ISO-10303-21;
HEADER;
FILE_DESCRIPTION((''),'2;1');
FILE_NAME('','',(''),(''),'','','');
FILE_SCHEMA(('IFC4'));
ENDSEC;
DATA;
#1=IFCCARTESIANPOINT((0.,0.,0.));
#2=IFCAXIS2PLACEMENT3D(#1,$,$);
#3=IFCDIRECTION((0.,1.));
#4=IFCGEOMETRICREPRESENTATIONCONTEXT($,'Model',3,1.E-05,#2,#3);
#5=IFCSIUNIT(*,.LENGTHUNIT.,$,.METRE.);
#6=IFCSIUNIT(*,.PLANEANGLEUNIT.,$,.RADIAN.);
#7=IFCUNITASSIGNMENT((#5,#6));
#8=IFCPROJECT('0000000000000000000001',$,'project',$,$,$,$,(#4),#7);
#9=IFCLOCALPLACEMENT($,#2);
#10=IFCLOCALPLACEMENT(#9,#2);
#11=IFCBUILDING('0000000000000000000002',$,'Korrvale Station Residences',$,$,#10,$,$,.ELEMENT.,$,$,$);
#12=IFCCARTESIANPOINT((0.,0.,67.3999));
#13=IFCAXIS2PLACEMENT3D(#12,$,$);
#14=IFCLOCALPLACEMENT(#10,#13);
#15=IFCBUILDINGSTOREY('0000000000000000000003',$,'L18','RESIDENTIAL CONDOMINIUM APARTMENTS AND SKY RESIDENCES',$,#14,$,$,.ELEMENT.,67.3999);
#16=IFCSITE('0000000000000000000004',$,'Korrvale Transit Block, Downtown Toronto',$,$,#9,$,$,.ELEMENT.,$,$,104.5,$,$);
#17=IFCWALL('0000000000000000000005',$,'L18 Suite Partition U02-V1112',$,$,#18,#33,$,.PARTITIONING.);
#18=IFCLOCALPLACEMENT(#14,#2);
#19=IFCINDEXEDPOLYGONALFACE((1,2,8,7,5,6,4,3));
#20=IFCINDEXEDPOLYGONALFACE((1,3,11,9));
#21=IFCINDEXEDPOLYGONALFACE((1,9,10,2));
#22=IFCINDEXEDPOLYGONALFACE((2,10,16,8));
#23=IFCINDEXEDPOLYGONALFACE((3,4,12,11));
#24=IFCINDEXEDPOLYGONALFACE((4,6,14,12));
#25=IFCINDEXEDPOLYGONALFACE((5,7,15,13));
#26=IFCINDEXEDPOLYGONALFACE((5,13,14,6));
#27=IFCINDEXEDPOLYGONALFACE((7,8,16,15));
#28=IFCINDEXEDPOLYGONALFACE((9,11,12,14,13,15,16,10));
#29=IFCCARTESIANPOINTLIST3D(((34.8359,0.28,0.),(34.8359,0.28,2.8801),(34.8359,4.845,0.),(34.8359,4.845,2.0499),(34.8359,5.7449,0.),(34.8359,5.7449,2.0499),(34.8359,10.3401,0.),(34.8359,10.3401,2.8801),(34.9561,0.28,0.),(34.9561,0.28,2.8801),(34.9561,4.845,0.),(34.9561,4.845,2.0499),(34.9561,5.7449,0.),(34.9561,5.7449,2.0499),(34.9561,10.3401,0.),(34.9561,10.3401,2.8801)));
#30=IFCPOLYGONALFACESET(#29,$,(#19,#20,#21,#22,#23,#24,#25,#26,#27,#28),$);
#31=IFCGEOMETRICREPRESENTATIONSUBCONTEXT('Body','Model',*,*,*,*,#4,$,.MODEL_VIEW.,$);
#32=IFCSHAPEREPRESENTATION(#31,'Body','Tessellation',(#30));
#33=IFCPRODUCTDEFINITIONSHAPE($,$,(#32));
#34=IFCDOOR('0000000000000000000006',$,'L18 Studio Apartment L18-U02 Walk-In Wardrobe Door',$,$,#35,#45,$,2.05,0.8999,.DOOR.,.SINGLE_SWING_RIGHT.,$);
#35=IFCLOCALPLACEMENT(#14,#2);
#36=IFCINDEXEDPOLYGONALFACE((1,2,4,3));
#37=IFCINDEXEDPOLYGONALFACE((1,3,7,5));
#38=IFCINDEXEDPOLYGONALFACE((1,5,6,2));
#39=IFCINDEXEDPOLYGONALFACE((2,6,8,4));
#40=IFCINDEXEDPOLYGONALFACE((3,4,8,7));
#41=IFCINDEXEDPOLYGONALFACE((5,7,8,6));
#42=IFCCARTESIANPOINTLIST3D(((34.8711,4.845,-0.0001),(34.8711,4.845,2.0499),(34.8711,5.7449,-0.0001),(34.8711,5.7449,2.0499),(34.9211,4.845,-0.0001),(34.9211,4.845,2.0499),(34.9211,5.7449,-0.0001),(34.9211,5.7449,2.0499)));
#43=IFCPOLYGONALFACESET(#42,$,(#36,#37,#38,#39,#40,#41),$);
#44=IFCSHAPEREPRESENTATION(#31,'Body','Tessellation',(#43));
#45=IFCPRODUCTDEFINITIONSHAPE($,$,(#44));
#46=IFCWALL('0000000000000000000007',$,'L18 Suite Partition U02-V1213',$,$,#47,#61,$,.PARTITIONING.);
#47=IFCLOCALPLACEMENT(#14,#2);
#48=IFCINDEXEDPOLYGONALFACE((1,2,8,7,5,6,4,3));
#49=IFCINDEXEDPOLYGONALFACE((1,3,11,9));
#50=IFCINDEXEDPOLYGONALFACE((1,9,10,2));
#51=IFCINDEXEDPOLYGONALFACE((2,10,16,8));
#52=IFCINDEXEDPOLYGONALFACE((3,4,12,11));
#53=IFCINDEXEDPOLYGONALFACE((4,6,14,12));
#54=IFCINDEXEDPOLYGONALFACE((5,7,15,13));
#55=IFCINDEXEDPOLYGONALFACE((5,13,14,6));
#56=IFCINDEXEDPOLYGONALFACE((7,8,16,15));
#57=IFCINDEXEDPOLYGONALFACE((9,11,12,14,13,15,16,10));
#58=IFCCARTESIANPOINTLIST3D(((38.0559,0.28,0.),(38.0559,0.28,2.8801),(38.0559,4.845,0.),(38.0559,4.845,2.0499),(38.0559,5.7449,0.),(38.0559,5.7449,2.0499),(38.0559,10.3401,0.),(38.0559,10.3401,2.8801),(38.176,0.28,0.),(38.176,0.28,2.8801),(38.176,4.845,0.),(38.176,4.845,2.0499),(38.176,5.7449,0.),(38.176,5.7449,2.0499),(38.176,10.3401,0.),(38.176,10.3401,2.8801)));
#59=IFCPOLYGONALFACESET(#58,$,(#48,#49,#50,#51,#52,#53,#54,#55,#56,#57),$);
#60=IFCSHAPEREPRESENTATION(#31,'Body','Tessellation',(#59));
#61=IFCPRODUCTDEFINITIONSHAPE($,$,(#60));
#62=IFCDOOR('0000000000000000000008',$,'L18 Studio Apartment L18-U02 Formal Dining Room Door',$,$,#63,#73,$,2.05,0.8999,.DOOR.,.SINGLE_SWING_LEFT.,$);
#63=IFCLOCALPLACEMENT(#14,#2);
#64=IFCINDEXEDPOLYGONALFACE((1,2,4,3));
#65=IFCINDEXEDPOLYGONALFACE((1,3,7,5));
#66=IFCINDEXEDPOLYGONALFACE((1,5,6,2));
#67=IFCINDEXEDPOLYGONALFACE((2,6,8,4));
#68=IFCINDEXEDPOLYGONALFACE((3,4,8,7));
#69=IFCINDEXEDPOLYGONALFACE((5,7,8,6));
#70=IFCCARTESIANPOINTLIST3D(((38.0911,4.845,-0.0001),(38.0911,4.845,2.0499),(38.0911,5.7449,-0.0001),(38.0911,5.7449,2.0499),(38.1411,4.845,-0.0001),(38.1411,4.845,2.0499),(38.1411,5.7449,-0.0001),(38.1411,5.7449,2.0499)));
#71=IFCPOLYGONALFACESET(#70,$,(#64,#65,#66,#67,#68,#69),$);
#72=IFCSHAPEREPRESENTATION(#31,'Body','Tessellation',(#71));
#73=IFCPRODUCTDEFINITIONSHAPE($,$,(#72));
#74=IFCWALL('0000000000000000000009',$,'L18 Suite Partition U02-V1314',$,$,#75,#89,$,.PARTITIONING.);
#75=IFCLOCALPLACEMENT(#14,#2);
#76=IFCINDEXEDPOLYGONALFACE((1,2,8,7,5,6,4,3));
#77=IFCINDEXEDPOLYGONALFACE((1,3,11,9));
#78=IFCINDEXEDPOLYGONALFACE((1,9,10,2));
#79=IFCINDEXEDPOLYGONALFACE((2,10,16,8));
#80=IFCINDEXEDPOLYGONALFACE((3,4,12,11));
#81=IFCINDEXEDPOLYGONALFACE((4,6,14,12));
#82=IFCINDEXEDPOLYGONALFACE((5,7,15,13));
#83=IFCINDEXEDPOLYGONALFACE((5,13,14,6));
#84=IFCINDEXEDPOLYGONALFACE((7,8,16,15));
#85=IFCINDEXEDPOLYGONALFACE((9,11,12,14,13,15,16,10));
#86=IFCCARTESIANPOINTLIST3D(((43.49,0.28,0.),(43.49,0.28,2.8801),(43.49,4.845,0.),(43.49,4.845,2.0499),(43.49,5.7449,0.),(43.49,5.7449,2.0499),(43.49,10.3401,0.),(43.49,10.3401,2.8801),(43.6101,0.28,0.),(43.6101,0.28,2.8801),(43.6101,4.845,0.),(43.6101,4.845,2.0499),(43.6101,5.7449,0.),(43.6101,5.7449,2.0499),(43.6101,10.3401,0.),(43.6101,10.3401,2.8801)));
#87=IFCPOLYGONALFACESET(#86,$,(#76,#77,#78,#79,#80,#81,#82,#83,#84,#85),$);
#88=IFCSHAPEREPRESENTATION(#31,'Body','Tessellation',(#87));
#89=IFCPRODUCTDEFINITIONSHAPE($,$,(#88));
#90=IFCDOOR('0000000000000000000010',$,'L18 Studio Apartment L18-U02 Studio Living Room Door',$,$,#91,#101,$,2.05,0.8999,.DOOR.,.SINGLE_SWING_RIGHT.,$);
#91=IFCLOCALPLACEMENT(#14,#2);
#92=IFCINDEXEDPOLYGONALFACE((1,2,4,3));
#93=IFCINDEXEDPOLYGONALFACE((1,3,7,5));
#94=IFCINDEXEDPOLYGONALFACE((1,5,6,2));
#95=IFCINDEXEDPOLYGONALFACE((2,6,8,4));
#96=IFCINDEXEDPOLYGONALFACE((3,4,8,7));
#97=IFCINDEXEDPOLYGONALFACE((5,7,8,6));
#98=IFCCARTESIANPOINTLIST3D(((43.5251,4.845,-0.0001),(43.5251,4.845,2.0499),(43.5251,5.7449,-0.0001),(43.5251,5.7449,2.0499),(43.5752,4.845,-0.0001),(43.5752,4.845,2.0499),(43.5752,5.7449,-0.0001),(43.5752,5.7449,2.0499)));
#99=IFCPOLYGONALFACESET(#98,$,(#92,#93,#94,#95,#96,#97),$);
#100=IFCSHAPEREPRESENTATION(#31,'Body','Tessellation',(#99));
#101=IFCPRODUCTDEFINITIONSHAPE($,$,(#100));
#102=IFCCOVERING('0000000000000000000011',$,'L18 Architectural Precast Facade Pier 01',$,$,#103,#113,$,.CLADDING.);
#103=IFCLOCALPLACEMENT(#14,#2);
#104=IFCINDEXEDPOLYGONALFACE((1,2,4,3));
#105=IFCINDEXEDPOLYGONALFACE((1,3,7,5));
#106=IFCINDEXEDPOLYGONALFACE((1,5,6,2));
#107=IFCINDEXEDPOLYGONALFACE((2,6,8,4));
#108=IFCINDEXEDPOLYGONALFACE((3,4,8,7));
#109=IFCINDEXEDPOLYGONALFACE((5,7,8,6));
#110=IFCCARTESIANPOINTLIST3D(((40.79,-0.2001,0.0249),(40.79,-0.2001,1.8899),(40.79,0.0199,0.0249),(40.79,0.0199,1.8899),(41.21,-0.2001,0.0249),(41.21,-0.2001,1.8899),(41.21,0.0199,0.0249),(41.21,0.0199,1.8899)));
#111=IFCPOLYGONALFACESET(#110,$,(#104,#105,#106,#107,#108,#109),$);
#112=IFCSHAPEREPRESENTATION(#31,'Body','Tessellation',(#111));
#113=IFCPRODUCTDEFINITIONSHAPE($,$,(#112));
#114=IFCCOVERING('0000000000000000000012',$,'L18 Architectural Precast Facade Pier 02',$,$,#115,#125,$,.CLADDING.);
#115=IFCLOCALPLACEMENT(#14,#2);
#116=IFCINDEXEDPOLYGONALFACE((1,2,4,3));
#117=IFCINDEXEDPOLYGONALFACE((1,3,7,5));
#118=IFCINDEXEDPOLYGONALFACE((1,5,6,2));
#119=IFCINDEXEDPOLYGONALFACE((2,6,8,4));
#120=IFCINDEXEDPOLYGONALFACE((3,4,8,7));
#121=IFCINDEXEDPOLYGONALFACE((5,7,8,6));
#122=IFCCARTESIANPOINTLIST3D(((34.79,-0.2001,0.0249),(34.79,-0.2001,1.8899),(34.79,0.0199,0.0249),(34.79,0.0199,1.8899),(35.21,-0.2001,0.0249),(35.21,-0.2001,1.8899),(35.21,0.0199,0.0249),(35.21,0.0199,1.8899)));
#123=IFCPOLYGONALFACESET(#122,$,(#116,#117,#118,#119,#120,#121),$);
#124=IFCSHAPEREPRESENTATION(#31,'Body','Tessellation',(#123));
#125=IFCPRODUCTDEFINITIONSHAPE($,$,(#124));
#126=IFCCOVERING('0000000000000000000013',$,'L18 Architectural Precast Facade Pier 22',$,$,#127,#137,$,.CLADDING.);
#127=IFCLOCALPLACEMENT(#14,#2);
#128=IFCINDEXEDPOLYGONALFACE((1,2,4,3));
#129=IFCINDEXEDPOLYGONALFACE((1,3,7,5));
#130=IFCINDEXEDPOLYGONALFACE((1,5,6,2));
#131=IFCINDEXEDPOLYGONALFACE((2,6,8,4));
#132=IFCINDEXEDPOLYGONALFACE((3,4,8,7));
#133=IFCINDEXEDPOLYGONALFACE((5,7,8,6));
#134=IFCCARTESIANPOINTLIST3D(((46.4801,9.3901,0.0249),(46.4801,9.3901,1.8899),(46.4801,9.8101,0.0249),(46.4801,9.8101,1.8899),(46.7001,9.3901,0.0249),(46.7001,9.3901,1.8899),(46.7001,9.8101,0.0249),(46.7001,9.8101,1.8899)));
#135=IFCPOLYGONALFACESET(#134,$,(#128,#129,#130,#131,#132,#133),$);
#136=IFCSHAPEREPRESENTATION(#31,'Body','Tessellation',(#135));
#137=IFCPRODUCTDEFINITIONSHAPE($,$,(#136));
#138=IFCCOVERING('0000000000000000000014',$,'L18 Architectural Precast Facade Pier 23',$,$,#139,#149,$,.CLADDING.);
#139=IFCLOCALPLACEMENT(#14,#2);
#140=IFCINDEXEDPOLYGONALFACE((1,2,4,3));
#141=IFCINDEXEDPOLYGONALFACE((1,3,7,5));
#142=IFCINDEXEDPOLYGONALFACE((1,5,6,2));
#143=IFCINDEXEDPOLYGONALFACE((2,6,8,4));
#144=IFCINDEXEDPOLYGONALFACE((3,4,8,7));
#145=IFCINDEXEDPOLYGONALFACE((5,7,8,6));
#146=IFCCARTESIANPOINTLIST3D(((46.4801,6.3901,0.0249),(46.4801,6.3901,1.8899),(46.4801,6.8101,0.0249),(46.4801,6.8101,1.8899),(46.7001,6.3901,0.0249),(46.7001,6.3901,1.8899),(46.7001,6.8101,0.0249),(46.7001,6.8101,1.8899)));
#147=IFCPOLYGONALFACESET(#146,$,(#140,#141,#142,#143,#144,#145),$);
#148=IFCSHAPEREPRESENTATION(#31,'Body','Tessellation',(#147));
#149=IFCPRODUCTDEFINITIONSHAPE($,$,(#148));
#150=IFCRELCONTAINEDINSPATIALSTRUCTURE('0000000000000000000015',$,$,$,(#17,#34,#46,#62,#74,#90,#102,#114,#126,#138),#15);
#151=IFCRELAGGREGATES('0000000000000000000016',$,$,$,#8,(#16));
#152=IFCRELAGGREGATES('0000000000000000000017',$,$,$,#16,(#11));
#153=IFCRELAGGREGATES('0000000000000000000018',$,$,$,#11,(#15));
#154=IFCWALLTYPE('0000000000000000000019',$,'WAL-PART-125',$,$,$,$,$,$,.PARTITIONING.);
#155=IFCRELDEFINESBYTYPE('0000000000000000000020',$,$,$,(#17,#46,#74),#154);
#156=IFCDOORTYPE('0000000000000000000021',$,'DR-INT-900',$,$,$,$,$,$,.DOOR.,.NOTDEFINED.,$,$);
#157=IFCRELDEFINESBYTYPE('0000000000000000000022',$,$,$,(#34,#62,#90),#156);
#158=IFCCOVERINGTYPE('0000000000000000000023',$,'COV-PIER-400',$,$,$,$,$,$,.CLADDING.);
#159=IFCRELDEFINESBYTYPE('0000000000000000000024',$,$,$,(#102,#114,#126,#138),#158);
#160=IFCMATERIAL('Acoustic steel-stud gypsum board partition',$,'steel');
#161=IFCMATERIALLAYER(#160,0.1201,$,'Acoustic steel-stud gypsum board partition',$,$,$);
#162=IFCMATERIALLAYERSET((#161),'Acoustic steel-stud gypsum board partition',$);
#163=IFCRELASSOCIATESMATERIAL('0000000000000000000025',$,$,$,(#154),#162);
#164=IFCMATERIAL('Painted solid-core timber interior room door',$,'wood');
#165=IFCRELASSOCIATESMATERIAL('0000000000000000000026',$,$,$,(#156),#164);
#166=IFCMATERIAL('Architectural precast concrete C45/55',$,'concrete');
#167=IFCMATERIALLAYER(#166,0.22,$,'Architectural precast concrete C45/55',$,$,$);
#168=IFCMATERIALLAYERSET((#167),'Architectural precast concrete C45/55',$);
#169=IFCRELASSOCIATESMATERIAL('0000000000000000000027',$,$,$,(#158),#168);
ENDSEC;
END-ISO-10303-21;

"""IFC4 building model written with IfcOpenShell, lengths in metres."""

from ifc_helpers import new_model, si_unit, direction, frame, frame_2d, origin, origin_2d, place, context, subcontext, project, spatial, rectangle, extrude, material, layer, layer_set, type_object, element, fill, save


model = new_model("IFC4")

# Units and contexts
model_context = context("Model", 3, precision=1e-05, world=origin(), true_north=direction((0.0, 1.0)))
body_context = subcontext(model_context, "Body", "Model", "MODEL_VIEW")
ifc_project = project(units=[si_unit("LENGTHUNIT", "METRE"), si_unit("PLANEANGLEUNIT", "RADIAN")], contexts=[model_context])

# Site, building, storey
site_placement = place(None, origin())
site = spatial("IfcSite", under=ifc_project, at=site_placement, Name="Korrvale Transit Block, Downtown Toronto", CompositionType="ELEMENT", RefElevation=104.5)
building_placement = place(site_placement, origin())
building = spatial("IfcBuilding", under=site, at=building_placement, Name="Korrvale Station Residences", CompositionType="ELEMENT")
storey_placement = place(building_placement, frame((0.0, 0.0, 67.3999)))
storey = spatial("IfcBuildingStorey", under=building, at=storey_placement, Name="L18", Description="RESIDENTIAL CONDOMINIUM APARTMENTS AND SKY RESIDENCES", CompositionType="ELEMENT", Elevation=67.3999)

# Shared definitions
ifc_material_1 = material(Name="Acoustic steel-stud gypsum board partition", Category="steel")
ifc_layer_1 = layer(ifc_material_1, 0.1201, Name="Acoustic steel-stud gypsum board partition")
ifc_layer_set_1 = layer_set([ifc_layer_1], Name="Acoustic steel-stud gypsum board partition")
wall_type_1 = type_object("IfcWallType", Name="WAL-PART-125", PredefinedType="PARTITIONING", material=ifc_layer_set_1)

# Walls, openings, doors
wall_1_placement = place(storey_placement, frame((34.896, 0.28, 0.0), z_axis=(0.0, 0.0, 1.0), x_axis=(0.0, 1.0, 0.0)))
wall_1 = element("IfcWall", 1, at=wall_1_placement, inside=storey, type_object=wall_type_1, Name="L18 Suite Partition U02-V1112", PredefinedType="PARTITIONING", context=body_context, shape_type="SweptSolid", body=[
    extrude(rectangle(XDim=10.0601, YDim=0.1201, at=frame_2d((5.03, 0.0))), origin(), (0.0, 0.0, 1.0), 2.8801),
])
opening_1_placement = place(wall_1_placement, frame((4.5649, 0.0, 0.0)))
opening_1 = element("IfcOpeningElement", 2, at=opening_1_placement, cuts=wall_1, PredefinedType="OPENING", context=body_context, shape_type="SweptSolid", body=[
    extrude(rectangle(XDim=0.8999, YDim=2.05, at=frame_2d((0.45, 1.0249))), frame((0.0, 0.0701, 0.0), z_axis=(0.0, -1.0, 0.0), x_axis=(1.0, 0.0, 0.0)), (0.0, 0.0, 1.0), 0.1401),
])
ifc_material_2 = material(Name="Painted solid-core timber interior room door", Category="wood")
door_type = type_object("IfcDoorType", Name="DR-INT-900", OperationType="NOTDEFINED", PredefinedType="DOOR", material=ifc_material_2)
door_1_placement = place(opening_1_placement, origin())
door_1 = element("IfcDoor", 3, at=door_1_placement, inside=storey, type_object=door_type, Name="L18 Studio Apartment L18-U02 Walk-In Wardrobe Door", OperationType="SINGLE_SWING_RIGHT", OverallHeight=2.05, OverallWidth=0.8999, PredefinedType="DOOR", context=body_context, shape_type="SweptSolid", body=[
    extrude(rectangle(XDim=0.8999, YDim=2.05, at=frame_2d((0.45, 1.0249))), frame((0.0, 0.0249, 0.0), z_axis=(0.0, -1.0, 0.0), x_axis=(1.0, 0.0, 0.0)), (0.0, 0.0, 1.0), 0.05),
])
fill(opening_1, door_1)
wall_2_placement = place(storey_placement, frame((38.116, 0.28, 0.0), z_axis=(0.0, 0.0, 1.0), x_axis=(0.0, 1.0, 0.0)))
wall_2 = element("IfcWall", 4, at=wall_2_placement, inside=storey, type_object=wall_type_1, Name="L18 Suite Partition U02-V1213", PredefinedType="PARTITIONING", context=body_context, shape_type="SweptSolid", body=[
    extrude(rectangle(XDim=10.0601, YDim=0.1201, at=frame_2d((5.03, 0.0))), origin(), (0.0, 0.0, 1.0), 2.8801),
])
opening_2_placement = place(wall_2_placement, frame((4.5649, 0.0, 0.0)))
opening_2 = element("IfcOpeningElement", 5, at=opening_2_placement, cuts=wall_2, PredefinedType="OPENING", context=body_context, shape_type="SweptSolid", body=[
    extrude(rectangle(XDim=0.8999, YDim=2.05, at=frame_2d((0.45, 1.0249))), frame((0.0, 0.0701, 0.0), z_axis=(0.0, -1.0, 0.0), x_axis=(1.0, 0.0, 0.0)), (0.0, 0.0, 1.0), 0.1401),
])
door_2_placement = place(opening_2_placement, origin())
door_2 = element("IfcDoor", 6, at=door_2_placement, inside=storey, type_object=door_type, Name="L18 Studio Apartment L18-U02 Formal Dining Room Door", OperationType="SINGLE_SWING_LEFT", OverallHeight=2.05, OverallWidth=0.8999, PredefinedType="DOOR", context=body_context, shape_type="SweptSolid", body=[
    extrude(rectangle(XDim=0.8999, YDim=2.05, at=frame_2d((0.45, 1.0249))), frame((0.0, 0.0249, 0.0), z_axis=(0.0, -1.0, 0.0), x_axis=(1.0, 0.0, 0.0)), (0.0, 0.0, 1.0), 0.05),
])
fill(opening_2, door_2)
wall_3_placement = place(storey_placement, frame((43.55, 0.28, 0.0), z_axis=(0.0, 0.0, 1.0), x_axis=(0.0, 1.0, 0.0)))
wall_3 = element("IfcWall", 7, at=wall_3_placement, inside=storey, type_object=wall_type_1, Name="L18 Suite Partition U02-V1314", PredefinedType="PARTITIONING", context=body_context, shape_type="SweptSolid", body=[
    extrude(rectangle(XDim=10.0601, YDim=0.1201, at=frame_2d((5.03, 0.0))), origin(), (0.0, 0.0, 1.0), 2.8801),
])
opening_3_placement = place(wall_3_placement, frame((4.5649, 0.0, 0.0)))
opening_3 = element("IfcOpeningElement", 8, at=opening_3_placement, cuts=wall_3, PredefinedType="OPENING", context=body_context, shape_type="SweptSolid", body=[
    extrude(rectangle(XDim=0.8999, YDim=2.05, at=frame_2d((0.45, 1.0249))), frame((0.0, 0.0701, 0.0), z_axis=(0.0, -1.0, 0.0), x_axis=(1.0, 0.0, 0.0)), (0.0, 0.0, 1.0), 0.1401),
])
door_3_placement = place(opening_3_placement, origin())
door_3 = element("IfcDoor", 9, at=door_3_placement, inside=storey, type_object=door_type, Name="L18 Studio Apartment L18-U02 Studio Living Room Door", OperationType="SINGLE_SWING_RIGHT", OverallHeight=2.05, OverallWidth=0.8999, PredefinedType="DOOR", context=body_context, shape_type="SweptSolid", body=[
    extrude(rectangle(XDim=0.8999, YDim=2.05, at=frame_2d((0.45, 1.0249))), frame((0.0, 0.0249, 0.0), z_axis=(0.0, -1.0, 0.0), x_axis=(1.0, 0.0, 0.0)), (0.0, 0.0, 1.0), 0.05),
])
fill(opening_3, door_3)

# Coverings
ifc_material_3 = material(Name="Architectural precast concrete C45/55", Category="concrete")
ifc_layer_2 = layer(ifc_material_3, 0.22, Name="Architectural precast concrete C45/55")
ifc_layer_set_2 = layer_set([ifc_layer_2], Name="Architectural precast concrete C45/55")
covering_type = type_object("IfcCoveringType", Name="COV-PIER-400", PredefinedType="CLADDING", material=ifc_layer_set_2)
for number, where, z_axis, x_axis, name in (
    (10, (41.0, -0.0901, 0.0249), (0.0, 0.0, 1.0), (1.0, 0.0, 0.0), "L18 Architectural Precast Facade Pier 01"),
    (11, (35.0, -0.0901, 0.0249), (0.0, 0.0, 1.0), (1.0, 0.0, 0.0), "L18 Architectural Precast Facade Pier 02"),
    (12, (46.5901, 9.6001, 0.0249), (0.0, 0.0, 1.0), (0.0, 1.0, 0.0), "L18 Architectural Precast Facade Pier 22"),
    (13, (46.5901, 6.6001, 0.0249), (0.0, 0.0, 1.0), (0.0, 1.0, 0.0), "L18 Architectural Precast Facade Pier 23"),
):
    element("IfcCovering", number, at=place(storey_placement, frame(where, z_axis=z_axis, x_axis=x_axis)), inside=storey, type_object=covering_type, Name=name, PredefinedType="CLADDING", context=body_context, shape_type="SweptSolid", body=[
        extrude(rectangle(XDim=0.4199, YDim=0.22, at=origin_2d()), origin(), (0.0, 0.0, 1.0), 1.865),
    ])

save(model, "model.ifc")
